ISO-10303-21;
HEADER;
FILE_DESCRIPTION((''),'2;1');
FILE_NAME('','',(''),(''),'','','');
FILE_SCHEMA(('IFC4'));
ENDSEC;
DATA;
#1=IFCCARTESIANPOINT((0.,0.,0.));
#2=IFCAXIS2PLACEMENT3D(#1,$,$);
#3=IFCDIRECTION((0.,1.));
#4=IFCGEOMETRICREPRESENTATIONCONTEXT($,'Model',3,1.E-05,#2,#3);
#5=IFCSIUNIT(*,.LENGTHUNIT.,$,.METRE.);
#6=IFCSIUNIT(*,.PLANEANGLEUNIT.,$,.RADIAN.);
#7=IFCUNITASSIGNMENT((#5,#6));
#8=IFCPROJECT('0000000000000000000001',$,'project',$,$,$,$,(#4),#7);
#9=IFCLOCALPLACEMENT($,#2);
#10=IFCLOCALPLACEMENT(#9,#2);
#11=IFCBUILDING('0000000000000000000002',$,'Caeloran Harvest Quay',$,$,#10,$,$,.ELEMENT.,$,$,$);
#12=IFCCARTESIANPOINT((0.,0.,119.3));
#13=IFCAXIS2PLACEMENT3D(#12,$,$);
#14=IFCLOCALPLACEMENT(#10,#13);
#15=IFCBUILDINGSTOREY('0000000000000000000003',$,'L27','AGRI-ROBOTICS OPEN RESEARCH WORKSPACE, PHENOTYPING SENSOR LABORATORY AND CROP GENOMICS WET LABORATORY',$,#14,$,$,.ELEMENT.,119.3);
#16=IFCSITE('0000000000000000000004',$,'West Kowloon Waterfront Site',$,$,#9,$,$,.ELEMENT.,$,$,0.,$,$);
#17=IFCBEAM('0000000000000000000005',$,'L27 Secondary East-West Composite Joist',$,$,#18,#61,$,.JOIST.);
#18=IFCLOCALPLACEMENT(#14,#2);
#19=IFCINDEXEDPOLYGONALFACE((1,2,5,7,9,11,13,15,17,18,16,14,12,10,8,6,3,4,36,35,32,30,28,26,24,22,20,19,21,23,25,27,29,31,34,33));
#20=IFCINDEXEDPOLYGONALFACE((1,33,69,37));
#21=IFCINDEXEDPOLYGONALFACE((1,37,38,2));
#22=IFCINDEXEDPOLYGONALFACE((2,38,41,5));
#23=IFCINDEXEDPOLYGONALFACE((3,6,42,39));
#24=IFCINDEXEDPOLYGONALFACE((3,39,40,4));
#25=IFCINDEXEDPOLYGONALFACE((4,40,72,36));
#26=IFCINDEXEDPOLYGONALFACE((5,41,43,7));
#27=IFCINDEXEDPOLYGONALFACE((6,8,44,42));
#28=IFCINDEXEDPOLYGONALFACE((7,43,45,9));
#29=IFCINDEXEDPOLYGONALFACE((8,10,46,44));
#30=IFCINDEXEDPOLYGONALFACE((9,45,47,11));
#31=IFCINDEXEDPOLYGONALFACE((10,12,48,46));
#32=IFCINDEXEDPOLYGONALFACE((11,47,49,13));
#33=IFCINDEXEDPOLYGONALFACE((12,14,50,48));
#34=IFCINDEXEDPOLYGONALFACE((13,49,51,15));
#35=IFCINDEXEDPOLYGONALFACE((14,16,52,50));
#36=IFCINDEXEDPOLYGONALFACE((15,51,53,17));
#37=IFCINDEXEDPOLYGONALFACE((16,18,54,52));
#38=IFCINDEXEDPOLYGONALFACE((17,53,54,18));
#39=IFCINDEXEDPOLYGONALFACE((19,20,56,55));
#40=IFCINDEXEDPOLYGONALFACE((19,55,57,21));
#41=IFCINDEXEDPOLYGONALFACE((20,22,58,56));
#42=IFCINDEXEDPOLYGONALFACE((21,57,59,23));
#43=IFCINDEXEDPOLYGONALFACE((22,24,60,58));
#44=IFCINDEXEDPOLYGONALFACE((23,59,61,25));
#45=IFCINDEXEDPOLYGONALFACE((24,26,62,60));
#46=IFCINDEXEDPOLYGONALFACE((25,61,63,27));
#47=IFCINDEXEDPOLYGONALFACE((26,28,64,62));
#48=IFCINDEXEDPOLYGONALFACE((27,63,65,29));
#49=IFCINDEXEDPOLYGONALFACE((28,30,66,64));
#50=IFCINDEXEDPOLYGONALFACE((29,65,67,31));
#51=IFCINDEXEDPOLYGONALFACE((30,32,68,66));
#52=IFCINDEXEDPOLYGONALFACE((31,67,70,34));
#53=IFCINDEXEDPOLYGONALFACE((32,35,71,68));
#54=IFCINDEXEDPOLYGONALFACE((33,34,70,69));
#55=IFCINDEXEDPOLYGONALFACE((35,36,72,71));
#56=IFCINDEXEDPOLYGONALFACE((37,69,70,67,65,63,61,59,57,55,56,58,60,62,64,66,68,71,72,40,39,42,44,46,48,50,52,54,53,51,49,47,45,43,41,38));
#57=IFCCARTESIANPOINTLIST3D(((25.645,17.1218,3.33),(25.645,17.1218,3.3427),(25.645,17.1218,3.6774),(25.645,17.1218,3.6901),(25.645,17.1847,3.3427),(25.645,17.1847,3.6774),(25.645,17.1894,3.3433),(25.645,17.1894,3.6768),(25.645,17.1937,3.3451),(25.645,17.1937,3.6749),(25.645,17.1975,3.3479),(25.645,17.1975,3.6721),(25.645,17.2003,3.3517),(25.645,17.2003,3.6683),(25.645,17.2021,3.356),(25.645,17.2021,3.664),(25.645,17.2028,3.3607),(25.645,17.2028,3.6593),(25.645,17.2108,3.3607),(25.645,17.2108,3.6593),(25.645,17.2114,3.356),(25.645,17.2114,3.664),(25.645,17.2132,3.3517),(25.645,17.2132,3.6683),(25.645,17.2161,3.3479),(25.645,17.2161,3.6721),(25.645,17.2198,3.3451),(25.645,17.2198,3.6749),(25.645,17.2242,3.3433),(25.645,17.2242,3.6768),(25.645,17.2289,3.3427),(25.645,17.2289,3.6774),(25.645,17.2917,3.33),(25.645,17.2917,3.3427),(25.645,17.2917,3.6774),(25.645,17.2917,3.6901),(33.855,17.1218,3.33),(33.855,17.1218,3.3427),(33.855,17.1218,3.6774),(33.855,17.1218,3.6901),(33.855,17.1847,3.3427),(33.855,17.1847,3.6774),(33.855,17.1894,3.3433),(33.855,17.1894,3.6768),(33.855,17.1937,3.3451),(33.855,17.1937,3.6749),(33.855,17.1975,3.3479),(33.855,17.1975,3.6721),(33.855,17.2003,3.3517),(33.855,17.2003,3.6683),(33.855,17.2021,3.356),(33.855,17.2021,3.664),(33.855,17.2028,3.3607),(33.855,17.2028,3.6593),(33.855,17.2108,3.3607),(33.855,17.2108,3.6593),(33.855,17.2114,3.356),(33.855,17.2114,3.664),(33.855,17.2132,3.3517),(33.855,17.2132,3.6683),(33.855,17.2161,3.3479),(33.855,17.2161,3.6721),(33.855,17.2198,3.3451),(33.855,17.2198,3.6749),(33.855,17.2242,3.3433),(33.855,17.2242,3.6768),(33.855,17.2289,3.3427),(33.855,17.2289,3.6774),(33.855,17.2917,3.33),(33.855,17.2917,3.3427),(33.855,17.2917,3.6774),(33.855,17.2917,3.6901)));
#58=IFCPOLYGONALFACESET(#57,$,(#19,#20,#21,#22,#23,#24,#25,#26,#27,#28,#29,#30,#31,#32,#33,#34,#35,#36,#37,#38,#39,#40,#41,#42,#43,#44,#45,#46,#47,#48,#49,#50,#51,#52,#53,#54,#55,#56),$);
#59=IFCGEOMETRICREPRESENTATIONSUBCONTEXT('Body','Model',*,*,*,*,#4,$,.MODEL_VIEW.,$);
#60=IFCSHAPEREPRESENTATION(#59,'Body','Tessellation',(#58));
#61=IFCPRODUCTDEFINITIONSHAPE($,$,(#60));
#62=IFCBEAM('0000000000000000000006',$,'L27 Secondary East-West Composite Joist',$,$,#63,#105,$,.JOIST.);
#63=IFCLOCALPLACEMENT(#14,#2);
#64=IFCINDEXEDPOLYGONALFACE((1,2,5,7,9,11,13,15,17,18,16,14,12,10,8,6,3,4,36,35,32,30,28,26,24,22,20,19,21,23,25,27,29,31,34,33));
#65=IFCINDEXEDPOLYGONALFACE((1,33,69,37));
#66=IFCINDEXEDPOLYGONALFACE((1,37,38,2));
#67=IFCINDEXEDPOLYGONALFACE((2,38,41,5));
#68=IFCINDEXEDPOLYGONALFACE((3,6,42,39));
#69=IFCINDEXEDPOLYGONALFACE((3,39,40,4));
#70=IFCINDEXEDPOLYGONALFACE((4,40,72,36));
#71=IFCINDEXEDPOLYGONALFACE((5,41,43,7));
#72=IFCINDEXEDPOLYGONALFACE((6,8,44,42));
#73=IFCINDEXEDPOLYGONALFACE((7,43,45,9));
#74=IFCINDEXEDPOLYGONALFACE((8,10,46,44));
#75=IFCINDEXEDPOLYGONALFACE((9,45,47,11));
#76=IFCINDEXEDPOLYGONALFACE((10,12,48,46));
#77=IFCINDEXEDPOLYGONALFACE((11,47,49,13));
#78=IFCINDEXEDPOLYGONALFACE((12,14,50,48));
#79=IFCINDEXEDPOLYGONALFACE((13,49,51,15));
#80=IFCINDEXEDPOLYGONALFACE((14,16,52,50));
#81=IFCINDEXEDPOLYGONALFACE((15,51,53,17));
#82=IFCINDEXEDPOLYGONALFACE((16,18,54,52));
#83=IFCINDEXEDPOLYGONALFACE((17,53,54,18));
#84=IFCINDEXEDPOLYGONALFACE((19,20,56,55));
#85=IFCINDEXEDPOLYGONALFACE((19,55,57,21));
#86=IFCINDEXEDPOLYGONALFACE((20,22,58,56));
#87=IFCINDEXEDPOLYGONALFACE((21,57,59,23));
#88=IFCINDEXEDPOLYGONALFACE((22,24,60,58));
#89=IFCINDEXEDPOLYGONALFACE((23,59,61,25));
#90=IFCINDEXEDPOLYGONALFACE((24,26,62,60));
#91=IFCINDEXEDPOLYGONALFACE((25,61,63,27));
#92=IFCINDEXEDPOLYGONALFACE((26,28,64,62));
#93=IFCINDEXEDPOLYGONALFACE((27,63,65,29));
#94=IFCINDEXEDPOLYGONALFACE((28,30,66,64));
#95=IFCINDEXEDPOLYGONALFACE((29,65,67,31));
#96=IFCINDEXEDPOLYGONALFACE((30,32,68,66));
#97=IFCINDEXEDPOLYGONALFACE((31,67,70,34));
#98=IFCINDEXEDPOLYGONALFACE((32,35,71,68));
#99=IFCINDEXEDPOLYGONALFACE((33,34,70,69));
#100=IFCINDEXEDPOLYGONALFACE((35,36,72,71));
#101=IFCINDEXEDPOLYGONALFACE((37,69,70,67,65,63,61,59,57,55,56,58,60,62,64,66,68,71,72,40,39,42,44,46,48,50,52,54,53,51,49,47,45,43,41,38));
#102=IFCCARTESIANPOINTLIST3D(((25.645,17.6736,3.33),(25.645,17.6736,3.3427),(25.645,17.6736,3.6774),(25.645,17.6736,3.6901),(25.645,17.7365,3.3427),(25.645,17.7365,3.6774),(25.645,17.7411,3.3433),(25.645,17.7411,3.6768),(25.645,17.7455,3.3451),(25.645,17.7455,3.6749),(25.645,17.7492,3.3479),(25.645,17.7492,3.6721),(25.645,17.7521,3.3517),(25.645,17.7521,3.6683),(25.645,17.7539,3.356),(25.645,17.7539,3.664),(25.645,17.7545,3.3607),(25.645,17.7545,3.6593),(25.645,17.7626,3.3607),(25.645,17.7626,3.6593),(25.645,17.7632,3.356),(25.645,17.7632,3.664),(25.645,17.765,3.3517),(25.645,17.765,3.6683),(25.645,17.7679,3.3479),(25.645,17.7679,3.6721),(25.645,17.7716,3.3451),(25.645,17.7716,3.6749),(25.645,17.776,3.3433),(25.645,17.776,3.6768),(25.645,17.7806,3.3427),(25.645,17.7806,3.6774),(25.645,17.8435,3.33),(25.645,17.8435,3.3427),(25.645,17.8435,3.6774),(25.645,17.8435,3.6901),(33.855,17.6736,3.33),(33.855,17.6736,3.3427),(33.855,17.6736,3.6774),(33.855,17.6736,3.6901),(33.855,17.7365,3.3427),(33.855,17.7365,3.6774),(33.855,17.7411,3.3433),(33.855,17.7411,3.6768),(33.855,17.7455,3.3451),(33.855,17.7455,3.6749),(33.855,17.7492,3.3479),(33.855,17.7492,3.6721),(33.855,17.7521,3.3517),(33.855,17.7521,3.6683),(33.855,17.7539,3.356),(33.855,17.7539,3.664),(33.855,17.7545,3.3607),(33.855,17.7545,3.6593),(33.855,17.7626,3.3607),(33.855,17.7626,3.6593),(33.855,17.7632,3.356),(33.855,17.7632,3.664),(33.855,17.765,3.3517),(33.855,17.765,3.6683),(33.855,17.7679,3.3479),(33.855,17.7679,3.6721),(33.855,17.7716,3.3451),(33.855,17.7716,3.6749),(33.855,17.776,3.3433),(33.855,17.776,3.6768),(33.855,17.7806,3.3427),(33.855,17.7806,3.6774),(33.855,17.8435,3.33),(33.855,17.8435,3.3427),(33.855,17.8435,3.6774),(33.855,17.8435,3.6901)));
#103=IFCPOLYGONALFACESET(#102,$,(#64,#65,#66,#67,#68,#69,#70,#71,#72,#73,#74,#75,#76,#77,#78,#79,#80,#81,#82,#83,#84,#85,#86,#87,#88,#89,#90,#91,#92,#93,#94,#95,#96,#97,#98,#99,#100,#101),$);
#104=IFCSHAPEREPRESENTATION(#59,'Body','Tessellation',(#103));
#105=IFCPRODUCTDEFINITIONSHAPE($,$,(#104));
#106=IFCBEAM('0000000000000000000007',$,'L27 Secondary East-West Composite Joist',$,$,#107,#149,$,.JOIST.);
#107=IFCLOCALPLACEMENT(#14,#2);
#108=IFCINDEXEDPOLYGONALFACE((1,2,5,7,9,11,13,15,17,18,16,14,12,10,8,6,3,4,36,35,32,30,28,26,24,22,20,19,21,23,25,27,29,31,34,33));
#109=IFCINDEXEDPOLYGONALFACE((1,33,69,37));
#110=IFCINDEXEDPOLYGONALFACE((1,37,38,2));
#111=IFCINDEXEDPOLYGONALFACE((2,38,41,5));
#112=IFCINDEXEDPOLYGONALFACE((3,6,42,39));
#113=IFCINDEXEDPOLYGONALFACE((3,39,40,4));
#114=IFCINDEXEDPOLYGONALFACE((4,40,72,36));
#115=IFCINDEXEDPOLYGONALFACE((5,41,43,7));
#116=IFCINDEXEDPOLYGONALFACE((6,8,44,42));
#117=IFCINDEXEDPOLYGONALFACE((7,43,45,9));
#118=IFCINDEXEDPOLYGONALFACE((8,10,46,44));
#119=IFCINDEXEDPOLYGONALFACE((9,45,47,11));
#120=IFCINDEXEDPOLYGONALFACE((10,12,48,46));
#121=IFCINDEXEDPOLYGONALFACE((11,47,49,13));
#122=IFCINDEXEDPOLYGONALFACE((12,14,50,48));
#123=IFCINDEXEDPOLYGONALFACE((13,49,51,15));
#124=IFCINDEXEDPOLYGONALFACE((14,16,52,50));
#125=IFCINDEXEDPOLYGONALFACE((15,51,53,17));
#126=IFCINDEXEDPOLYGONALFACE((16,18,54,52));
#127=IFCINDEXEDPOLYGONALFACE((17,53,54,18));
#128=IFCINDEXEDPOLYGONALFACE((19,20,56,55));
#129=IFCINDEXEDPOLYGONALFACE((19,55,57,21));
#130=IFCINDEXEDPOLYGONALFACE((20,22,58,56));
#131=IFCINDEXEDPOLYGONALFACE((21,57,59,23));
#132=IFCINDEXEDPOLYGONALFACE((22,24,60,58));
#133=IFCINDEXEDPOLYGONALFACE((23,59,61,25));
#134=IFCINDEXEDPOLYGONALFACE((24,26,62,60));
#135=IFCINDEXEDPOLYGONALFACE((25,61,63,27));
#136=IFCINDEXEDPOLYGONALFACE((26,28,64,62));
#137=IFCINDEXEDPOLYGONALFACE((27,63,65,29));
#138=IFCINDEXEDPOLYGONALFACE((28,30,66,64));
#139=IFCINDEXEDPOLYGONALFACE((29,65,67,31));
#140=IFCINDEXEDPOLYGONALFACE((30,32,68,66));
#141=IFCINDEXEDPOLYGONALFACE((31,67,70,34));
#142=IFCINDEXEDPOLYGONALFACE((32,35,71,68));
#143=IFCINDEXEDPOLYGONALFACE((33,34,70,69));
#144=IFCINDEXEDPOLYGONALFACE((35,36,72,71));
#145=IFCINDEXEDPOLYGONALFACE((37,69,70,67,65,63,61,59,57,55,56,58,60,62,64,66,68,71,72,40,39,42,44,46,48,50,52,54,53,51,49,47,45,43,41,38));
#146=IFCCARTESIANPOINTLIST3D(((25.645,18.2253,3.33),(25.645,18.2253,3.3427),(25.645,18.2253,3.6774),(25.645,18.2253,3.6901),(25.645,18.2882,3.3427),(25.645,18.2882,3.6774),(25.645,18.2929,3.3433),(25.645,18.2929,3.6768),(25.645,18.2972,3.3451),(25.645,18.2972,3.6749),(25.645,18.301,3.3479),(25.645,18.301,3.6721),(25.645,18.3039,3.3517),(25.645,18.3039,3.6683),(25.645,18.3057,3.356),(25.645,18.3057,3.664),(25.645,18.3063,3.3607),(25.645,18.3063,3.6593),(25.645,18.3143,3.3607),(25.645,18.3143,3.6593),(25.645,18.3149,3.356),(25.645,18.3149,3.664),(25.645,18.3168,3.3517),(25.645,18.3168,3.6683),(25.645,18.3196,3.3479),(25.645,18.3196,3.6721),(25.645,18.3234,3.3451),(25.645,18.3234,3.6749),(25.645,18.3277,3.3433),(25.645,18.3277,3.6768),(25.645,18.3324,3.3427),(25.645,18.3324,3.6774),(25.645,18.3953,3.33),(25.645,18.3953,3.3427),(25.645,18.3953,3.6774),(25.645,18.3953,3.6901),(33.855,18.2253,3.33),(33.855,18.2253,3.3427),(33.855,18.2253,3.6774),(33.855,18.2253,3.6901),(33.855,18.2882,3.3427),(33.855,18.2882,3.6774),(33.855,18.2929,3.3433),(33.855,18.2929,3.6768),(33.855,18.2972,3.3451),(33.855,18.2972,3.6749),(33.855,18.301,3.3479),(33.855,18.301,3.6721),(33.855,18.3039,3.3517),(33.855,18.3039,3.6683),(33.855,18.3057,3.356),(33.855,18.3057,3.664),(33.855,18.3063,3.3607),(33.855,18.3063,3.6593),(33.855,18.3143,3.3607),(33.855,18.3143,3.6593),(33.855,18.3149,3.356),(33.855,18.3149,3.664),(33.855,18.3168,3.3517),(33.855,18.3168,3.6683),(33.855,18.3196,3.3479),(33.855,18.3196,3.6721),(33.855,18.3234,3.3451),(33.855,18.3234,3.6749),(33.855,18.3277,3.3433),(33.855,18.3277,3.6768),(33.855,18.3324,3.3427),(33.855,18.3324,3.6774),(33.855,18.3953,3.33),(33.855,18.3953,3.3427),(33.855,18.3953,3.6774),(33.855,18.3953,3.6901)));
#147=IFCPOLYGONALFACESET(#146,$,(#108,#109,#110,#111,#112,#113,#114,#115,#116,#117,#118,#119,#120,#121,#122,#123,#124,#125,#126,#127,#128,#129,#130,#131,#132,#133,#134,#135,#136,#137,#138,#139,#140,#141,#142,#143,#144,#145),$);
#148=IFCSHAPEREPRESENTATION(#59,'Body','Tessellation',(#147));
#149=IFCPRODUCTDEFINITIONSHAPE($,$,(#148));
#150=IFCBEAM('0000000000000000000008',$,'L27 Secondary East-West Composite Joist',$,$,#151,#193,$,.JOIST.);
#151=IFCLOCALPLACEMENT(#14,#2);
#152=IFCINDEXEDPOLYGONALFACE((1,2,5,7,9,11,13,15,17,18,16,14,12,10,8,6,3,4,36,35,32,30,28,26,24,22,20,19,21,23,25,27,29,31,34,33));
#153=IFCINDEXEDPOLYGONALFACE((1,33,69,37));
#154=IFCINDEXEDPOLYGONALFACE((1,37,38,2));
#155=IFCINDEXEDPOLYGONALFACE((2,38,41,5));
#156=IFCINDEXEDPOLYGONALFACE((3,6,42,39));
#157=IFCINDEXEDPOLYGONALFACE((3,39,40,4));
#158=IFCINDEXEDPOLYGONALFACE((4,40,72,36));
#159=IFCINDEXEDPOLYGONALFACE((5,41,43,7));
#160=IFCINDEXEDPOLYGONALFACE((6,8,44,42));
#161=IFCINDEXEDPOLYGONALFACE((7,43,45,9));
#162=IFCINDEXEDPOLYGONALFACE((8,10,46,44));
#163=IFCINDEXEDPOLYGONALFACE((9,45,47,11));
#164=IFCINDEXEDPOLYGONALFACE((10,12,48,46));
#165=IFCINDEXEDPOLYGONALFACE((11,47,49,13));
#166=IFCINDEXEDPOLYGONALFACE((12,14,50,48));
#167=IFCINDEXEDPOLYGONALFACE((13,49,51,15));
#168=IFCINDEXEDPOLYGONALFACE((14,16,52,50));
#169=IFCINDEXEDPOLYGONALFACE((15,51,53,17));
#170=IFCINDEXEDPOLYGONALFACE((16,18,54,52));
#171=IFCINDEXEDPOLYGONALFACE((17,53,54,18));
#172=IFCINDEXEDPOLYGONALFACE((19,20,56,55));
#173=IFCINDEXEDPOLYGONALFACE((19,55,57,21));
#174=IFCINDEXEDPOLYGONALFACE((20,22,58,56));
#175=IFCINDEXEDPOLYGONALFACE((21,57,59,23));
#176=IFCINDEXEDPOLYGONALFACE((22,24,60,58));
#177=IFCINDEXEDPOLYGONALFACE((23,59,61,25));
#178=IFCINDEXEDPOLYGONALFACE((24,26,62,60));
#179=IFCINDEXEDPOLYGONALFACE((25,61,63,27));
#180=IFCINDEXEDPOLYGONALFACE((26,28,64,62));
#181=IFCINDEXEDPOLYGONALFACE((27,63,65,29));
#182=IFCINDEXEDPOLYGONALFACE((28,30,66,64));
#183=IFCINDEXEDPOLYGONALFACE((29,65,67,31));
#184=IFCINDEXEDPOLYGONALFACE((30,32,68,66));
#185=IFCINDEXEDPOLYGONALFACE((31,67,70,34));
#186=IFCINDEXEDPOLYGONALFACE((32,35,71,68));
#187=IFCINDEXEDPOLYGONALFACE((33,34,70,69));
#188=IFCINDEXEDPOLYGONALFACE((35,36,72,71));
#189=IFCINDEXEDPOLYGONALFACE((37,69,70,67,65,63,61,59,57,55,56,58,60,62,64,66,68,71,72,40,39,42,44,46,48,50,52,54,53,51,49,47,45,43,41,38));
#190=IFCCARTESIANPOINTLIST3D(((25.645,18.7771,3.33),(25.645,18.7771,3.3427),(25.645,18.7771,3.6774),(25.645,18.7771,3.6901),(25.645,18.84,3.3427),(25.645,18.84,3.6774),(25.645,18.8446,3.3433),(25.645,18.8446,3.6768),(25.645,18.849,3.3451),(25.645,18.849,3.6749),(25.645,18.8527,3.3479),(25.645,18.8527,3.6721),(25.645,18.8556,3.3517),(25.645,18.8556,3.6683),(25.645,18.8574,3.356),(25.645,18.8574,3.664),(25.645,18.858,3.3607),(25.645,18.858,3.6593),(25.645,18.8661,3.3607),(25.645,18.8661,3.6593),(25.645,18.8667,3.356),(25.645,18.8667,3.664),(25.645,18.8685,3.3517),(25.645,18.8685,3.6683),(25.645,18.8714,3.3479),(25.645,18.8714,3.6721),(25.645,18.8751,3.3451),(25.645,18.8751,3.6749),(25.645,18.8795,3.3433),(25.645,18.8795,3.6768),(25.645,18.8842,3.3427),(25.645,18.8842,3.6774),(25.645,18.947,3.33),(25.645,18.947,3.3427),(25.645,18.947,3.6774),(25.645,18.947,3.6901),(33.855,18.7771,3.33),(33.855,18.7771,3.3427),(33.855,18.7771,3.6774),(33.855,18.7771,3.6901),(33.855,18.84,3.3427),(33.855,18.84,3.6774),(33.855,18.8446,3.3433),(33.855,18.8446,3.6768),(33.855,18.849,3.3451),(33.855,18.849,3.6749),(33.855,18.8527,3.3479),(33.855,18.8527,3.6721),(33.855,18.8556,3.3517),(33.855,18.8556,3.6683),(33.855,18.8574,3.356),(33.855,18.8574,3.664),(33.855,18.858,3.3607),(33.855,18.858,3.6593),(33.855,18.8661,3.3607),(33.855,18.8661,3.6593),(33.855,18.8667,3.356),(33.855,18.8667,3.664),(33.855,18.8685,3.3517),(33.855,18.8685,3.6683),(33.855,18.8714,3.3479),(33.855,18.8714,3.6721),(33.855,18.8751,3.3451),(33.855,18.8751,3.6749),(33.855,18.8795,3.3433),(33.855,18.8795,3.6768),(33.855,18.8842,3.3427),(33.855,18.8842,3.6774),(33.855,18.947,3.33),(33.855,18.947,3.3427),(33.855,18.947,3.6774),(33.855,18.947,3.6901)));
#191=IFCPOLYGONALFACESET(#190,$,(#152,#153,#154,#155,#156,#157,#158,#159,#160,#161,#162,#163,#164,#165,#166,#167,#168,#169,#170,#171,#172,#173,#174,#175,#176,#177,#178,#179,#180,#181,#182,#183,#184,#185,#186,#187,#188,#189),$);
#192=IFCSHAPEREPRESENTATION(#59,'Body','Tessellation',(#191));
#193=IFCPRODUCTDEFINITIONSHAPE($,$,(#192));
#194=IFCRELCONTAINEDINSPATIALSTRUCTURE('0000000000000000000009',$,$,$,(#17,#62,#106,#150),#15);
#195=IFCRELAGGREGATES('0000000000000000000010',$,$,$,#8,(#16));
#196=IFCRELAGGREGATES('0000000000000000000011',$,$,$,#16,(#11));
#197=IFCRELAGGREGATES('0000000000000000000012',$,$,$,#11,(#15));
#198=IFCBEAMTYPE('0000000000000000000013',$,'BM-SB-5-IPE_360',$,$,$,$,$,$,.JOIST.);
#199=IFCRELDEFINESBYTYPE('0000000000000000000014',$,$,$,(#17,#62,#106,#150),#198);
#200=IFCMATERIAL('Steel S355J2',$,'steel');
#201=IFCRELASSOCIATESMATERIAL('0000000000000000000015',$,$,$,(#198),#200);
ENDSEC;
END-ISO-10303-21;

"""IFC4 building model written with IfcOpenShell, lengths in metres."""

from ifc_helpers import new_model, si_unit, direction, frame, origin, origin_2d, place, context, subcontext, project, spatial, i_section, extrude, material, material_profile, profile_set, type_object, element, save


model = new_model("IFC4")

# Units and contexts
model_context = context("Model", 3, precision=1e-05, world=origin(), true_north=direction((0.0, 1.0)))
body_context = subcontext(model_context, "Body", "Model", "MODEL_VIEW")
ifc_project = project(units=[si_unit("LENGTHUNIT", "METRE"), si_unit("PLANEANGLEUNIT", "RADIAN")], contexts=[model_context])

# Site, building, storey
site_placement = place(None, origin())
site = spatial("IfcSite", under=ifc_project, at=site_placement, Name="West Kowloon Waterfront Site", CompositionType="ELEMENT", RefElevation=0.0)
building_placement = place(site_placement, origin())
building = spatial("IfcBuilding", under=site, at=building_placement, Name="Caeloran Harvest Quay", CompositionType="ELEMENT")
storey_placement = place(building_placement, frame((0.0, 0.0, 119.3)))
storey = spatial("IfcBuildingStorey", under=building, at=storey_placement, Name="L27", Description="AGRI-ROBOTICS OPEN RESEARCH WORKSPACE, PHENOTYPING SENSOR LABORATORY AND CROP GENOMICS WET LABORATORY", CompositionType="ELEMENT", Elevation=119.3)

# Beams
ifc_material_1 = material(Name="Steel S355J2", Category="steel")
ifc_material_profile_1 = material_profile(ifc_material_1, i_section(OverallWidth=0.1699, OverallDepth=0.3601, WebThickness=0.0081, FlangeThickness=0.0127, FilletRadius=0.0181, at=origin_2d()), Name="IPE 360")
ifc_profile_set_1 = profile_set([ifc_material_profile_1], Name="Steel S355J2")
beam_type_1 = type_object("IfcBeamType", Name="BM-SB-5-IPE_360", PredefinedType="JOIST", material=ifc_profile_set_1)
for number, where, z_axis, x_axis, name in (
    (1, (25.645, 17.2068, 3.51), (1.0, 0.0, 0.0), (0.0, 1.0, 0.0), "L27 Secondary East-West Composite Joist"),
    (2, (25.645, 17.7585, 3.51), (1.0, 0.0, 0.0), (0.0, 1.0, 0.0), "L27 Secondary East-West Composite Joist"),
    (3, (25.645, 18.3103, 3.51), (1.0, 0.0, 0.0), (0.0, 1.0, 0.0), "L27 Secondary East-West Composite Joist"),
    (4, (25.645, 18.8621, 3.51), (1.0, 0.0, 0.0), (0.0, 1.0, 0.0), "L27 Secondary East-West Composite Joist"),
):
    element("IfcBeam", number, at=place(storey_placement, frame(where, z_axis=z_axis, x_axis=x_axis)), inside=storey, type_object=beam_type_1, Name=name, PredefinedType="JOIST", context=body_context, shape_type="SweptSolid", body=[
        extrude(i_section(OverallWidth=0.1699, OverallDepth=0.3601, WebThickness=0.0081, FlangeThickness=0.0127, FilletRadius=0.0181, at=origin_2d()), origin(), (0.0, 0.0, 1.0), 8.21),
    ])

save(model, "model.ifc")
